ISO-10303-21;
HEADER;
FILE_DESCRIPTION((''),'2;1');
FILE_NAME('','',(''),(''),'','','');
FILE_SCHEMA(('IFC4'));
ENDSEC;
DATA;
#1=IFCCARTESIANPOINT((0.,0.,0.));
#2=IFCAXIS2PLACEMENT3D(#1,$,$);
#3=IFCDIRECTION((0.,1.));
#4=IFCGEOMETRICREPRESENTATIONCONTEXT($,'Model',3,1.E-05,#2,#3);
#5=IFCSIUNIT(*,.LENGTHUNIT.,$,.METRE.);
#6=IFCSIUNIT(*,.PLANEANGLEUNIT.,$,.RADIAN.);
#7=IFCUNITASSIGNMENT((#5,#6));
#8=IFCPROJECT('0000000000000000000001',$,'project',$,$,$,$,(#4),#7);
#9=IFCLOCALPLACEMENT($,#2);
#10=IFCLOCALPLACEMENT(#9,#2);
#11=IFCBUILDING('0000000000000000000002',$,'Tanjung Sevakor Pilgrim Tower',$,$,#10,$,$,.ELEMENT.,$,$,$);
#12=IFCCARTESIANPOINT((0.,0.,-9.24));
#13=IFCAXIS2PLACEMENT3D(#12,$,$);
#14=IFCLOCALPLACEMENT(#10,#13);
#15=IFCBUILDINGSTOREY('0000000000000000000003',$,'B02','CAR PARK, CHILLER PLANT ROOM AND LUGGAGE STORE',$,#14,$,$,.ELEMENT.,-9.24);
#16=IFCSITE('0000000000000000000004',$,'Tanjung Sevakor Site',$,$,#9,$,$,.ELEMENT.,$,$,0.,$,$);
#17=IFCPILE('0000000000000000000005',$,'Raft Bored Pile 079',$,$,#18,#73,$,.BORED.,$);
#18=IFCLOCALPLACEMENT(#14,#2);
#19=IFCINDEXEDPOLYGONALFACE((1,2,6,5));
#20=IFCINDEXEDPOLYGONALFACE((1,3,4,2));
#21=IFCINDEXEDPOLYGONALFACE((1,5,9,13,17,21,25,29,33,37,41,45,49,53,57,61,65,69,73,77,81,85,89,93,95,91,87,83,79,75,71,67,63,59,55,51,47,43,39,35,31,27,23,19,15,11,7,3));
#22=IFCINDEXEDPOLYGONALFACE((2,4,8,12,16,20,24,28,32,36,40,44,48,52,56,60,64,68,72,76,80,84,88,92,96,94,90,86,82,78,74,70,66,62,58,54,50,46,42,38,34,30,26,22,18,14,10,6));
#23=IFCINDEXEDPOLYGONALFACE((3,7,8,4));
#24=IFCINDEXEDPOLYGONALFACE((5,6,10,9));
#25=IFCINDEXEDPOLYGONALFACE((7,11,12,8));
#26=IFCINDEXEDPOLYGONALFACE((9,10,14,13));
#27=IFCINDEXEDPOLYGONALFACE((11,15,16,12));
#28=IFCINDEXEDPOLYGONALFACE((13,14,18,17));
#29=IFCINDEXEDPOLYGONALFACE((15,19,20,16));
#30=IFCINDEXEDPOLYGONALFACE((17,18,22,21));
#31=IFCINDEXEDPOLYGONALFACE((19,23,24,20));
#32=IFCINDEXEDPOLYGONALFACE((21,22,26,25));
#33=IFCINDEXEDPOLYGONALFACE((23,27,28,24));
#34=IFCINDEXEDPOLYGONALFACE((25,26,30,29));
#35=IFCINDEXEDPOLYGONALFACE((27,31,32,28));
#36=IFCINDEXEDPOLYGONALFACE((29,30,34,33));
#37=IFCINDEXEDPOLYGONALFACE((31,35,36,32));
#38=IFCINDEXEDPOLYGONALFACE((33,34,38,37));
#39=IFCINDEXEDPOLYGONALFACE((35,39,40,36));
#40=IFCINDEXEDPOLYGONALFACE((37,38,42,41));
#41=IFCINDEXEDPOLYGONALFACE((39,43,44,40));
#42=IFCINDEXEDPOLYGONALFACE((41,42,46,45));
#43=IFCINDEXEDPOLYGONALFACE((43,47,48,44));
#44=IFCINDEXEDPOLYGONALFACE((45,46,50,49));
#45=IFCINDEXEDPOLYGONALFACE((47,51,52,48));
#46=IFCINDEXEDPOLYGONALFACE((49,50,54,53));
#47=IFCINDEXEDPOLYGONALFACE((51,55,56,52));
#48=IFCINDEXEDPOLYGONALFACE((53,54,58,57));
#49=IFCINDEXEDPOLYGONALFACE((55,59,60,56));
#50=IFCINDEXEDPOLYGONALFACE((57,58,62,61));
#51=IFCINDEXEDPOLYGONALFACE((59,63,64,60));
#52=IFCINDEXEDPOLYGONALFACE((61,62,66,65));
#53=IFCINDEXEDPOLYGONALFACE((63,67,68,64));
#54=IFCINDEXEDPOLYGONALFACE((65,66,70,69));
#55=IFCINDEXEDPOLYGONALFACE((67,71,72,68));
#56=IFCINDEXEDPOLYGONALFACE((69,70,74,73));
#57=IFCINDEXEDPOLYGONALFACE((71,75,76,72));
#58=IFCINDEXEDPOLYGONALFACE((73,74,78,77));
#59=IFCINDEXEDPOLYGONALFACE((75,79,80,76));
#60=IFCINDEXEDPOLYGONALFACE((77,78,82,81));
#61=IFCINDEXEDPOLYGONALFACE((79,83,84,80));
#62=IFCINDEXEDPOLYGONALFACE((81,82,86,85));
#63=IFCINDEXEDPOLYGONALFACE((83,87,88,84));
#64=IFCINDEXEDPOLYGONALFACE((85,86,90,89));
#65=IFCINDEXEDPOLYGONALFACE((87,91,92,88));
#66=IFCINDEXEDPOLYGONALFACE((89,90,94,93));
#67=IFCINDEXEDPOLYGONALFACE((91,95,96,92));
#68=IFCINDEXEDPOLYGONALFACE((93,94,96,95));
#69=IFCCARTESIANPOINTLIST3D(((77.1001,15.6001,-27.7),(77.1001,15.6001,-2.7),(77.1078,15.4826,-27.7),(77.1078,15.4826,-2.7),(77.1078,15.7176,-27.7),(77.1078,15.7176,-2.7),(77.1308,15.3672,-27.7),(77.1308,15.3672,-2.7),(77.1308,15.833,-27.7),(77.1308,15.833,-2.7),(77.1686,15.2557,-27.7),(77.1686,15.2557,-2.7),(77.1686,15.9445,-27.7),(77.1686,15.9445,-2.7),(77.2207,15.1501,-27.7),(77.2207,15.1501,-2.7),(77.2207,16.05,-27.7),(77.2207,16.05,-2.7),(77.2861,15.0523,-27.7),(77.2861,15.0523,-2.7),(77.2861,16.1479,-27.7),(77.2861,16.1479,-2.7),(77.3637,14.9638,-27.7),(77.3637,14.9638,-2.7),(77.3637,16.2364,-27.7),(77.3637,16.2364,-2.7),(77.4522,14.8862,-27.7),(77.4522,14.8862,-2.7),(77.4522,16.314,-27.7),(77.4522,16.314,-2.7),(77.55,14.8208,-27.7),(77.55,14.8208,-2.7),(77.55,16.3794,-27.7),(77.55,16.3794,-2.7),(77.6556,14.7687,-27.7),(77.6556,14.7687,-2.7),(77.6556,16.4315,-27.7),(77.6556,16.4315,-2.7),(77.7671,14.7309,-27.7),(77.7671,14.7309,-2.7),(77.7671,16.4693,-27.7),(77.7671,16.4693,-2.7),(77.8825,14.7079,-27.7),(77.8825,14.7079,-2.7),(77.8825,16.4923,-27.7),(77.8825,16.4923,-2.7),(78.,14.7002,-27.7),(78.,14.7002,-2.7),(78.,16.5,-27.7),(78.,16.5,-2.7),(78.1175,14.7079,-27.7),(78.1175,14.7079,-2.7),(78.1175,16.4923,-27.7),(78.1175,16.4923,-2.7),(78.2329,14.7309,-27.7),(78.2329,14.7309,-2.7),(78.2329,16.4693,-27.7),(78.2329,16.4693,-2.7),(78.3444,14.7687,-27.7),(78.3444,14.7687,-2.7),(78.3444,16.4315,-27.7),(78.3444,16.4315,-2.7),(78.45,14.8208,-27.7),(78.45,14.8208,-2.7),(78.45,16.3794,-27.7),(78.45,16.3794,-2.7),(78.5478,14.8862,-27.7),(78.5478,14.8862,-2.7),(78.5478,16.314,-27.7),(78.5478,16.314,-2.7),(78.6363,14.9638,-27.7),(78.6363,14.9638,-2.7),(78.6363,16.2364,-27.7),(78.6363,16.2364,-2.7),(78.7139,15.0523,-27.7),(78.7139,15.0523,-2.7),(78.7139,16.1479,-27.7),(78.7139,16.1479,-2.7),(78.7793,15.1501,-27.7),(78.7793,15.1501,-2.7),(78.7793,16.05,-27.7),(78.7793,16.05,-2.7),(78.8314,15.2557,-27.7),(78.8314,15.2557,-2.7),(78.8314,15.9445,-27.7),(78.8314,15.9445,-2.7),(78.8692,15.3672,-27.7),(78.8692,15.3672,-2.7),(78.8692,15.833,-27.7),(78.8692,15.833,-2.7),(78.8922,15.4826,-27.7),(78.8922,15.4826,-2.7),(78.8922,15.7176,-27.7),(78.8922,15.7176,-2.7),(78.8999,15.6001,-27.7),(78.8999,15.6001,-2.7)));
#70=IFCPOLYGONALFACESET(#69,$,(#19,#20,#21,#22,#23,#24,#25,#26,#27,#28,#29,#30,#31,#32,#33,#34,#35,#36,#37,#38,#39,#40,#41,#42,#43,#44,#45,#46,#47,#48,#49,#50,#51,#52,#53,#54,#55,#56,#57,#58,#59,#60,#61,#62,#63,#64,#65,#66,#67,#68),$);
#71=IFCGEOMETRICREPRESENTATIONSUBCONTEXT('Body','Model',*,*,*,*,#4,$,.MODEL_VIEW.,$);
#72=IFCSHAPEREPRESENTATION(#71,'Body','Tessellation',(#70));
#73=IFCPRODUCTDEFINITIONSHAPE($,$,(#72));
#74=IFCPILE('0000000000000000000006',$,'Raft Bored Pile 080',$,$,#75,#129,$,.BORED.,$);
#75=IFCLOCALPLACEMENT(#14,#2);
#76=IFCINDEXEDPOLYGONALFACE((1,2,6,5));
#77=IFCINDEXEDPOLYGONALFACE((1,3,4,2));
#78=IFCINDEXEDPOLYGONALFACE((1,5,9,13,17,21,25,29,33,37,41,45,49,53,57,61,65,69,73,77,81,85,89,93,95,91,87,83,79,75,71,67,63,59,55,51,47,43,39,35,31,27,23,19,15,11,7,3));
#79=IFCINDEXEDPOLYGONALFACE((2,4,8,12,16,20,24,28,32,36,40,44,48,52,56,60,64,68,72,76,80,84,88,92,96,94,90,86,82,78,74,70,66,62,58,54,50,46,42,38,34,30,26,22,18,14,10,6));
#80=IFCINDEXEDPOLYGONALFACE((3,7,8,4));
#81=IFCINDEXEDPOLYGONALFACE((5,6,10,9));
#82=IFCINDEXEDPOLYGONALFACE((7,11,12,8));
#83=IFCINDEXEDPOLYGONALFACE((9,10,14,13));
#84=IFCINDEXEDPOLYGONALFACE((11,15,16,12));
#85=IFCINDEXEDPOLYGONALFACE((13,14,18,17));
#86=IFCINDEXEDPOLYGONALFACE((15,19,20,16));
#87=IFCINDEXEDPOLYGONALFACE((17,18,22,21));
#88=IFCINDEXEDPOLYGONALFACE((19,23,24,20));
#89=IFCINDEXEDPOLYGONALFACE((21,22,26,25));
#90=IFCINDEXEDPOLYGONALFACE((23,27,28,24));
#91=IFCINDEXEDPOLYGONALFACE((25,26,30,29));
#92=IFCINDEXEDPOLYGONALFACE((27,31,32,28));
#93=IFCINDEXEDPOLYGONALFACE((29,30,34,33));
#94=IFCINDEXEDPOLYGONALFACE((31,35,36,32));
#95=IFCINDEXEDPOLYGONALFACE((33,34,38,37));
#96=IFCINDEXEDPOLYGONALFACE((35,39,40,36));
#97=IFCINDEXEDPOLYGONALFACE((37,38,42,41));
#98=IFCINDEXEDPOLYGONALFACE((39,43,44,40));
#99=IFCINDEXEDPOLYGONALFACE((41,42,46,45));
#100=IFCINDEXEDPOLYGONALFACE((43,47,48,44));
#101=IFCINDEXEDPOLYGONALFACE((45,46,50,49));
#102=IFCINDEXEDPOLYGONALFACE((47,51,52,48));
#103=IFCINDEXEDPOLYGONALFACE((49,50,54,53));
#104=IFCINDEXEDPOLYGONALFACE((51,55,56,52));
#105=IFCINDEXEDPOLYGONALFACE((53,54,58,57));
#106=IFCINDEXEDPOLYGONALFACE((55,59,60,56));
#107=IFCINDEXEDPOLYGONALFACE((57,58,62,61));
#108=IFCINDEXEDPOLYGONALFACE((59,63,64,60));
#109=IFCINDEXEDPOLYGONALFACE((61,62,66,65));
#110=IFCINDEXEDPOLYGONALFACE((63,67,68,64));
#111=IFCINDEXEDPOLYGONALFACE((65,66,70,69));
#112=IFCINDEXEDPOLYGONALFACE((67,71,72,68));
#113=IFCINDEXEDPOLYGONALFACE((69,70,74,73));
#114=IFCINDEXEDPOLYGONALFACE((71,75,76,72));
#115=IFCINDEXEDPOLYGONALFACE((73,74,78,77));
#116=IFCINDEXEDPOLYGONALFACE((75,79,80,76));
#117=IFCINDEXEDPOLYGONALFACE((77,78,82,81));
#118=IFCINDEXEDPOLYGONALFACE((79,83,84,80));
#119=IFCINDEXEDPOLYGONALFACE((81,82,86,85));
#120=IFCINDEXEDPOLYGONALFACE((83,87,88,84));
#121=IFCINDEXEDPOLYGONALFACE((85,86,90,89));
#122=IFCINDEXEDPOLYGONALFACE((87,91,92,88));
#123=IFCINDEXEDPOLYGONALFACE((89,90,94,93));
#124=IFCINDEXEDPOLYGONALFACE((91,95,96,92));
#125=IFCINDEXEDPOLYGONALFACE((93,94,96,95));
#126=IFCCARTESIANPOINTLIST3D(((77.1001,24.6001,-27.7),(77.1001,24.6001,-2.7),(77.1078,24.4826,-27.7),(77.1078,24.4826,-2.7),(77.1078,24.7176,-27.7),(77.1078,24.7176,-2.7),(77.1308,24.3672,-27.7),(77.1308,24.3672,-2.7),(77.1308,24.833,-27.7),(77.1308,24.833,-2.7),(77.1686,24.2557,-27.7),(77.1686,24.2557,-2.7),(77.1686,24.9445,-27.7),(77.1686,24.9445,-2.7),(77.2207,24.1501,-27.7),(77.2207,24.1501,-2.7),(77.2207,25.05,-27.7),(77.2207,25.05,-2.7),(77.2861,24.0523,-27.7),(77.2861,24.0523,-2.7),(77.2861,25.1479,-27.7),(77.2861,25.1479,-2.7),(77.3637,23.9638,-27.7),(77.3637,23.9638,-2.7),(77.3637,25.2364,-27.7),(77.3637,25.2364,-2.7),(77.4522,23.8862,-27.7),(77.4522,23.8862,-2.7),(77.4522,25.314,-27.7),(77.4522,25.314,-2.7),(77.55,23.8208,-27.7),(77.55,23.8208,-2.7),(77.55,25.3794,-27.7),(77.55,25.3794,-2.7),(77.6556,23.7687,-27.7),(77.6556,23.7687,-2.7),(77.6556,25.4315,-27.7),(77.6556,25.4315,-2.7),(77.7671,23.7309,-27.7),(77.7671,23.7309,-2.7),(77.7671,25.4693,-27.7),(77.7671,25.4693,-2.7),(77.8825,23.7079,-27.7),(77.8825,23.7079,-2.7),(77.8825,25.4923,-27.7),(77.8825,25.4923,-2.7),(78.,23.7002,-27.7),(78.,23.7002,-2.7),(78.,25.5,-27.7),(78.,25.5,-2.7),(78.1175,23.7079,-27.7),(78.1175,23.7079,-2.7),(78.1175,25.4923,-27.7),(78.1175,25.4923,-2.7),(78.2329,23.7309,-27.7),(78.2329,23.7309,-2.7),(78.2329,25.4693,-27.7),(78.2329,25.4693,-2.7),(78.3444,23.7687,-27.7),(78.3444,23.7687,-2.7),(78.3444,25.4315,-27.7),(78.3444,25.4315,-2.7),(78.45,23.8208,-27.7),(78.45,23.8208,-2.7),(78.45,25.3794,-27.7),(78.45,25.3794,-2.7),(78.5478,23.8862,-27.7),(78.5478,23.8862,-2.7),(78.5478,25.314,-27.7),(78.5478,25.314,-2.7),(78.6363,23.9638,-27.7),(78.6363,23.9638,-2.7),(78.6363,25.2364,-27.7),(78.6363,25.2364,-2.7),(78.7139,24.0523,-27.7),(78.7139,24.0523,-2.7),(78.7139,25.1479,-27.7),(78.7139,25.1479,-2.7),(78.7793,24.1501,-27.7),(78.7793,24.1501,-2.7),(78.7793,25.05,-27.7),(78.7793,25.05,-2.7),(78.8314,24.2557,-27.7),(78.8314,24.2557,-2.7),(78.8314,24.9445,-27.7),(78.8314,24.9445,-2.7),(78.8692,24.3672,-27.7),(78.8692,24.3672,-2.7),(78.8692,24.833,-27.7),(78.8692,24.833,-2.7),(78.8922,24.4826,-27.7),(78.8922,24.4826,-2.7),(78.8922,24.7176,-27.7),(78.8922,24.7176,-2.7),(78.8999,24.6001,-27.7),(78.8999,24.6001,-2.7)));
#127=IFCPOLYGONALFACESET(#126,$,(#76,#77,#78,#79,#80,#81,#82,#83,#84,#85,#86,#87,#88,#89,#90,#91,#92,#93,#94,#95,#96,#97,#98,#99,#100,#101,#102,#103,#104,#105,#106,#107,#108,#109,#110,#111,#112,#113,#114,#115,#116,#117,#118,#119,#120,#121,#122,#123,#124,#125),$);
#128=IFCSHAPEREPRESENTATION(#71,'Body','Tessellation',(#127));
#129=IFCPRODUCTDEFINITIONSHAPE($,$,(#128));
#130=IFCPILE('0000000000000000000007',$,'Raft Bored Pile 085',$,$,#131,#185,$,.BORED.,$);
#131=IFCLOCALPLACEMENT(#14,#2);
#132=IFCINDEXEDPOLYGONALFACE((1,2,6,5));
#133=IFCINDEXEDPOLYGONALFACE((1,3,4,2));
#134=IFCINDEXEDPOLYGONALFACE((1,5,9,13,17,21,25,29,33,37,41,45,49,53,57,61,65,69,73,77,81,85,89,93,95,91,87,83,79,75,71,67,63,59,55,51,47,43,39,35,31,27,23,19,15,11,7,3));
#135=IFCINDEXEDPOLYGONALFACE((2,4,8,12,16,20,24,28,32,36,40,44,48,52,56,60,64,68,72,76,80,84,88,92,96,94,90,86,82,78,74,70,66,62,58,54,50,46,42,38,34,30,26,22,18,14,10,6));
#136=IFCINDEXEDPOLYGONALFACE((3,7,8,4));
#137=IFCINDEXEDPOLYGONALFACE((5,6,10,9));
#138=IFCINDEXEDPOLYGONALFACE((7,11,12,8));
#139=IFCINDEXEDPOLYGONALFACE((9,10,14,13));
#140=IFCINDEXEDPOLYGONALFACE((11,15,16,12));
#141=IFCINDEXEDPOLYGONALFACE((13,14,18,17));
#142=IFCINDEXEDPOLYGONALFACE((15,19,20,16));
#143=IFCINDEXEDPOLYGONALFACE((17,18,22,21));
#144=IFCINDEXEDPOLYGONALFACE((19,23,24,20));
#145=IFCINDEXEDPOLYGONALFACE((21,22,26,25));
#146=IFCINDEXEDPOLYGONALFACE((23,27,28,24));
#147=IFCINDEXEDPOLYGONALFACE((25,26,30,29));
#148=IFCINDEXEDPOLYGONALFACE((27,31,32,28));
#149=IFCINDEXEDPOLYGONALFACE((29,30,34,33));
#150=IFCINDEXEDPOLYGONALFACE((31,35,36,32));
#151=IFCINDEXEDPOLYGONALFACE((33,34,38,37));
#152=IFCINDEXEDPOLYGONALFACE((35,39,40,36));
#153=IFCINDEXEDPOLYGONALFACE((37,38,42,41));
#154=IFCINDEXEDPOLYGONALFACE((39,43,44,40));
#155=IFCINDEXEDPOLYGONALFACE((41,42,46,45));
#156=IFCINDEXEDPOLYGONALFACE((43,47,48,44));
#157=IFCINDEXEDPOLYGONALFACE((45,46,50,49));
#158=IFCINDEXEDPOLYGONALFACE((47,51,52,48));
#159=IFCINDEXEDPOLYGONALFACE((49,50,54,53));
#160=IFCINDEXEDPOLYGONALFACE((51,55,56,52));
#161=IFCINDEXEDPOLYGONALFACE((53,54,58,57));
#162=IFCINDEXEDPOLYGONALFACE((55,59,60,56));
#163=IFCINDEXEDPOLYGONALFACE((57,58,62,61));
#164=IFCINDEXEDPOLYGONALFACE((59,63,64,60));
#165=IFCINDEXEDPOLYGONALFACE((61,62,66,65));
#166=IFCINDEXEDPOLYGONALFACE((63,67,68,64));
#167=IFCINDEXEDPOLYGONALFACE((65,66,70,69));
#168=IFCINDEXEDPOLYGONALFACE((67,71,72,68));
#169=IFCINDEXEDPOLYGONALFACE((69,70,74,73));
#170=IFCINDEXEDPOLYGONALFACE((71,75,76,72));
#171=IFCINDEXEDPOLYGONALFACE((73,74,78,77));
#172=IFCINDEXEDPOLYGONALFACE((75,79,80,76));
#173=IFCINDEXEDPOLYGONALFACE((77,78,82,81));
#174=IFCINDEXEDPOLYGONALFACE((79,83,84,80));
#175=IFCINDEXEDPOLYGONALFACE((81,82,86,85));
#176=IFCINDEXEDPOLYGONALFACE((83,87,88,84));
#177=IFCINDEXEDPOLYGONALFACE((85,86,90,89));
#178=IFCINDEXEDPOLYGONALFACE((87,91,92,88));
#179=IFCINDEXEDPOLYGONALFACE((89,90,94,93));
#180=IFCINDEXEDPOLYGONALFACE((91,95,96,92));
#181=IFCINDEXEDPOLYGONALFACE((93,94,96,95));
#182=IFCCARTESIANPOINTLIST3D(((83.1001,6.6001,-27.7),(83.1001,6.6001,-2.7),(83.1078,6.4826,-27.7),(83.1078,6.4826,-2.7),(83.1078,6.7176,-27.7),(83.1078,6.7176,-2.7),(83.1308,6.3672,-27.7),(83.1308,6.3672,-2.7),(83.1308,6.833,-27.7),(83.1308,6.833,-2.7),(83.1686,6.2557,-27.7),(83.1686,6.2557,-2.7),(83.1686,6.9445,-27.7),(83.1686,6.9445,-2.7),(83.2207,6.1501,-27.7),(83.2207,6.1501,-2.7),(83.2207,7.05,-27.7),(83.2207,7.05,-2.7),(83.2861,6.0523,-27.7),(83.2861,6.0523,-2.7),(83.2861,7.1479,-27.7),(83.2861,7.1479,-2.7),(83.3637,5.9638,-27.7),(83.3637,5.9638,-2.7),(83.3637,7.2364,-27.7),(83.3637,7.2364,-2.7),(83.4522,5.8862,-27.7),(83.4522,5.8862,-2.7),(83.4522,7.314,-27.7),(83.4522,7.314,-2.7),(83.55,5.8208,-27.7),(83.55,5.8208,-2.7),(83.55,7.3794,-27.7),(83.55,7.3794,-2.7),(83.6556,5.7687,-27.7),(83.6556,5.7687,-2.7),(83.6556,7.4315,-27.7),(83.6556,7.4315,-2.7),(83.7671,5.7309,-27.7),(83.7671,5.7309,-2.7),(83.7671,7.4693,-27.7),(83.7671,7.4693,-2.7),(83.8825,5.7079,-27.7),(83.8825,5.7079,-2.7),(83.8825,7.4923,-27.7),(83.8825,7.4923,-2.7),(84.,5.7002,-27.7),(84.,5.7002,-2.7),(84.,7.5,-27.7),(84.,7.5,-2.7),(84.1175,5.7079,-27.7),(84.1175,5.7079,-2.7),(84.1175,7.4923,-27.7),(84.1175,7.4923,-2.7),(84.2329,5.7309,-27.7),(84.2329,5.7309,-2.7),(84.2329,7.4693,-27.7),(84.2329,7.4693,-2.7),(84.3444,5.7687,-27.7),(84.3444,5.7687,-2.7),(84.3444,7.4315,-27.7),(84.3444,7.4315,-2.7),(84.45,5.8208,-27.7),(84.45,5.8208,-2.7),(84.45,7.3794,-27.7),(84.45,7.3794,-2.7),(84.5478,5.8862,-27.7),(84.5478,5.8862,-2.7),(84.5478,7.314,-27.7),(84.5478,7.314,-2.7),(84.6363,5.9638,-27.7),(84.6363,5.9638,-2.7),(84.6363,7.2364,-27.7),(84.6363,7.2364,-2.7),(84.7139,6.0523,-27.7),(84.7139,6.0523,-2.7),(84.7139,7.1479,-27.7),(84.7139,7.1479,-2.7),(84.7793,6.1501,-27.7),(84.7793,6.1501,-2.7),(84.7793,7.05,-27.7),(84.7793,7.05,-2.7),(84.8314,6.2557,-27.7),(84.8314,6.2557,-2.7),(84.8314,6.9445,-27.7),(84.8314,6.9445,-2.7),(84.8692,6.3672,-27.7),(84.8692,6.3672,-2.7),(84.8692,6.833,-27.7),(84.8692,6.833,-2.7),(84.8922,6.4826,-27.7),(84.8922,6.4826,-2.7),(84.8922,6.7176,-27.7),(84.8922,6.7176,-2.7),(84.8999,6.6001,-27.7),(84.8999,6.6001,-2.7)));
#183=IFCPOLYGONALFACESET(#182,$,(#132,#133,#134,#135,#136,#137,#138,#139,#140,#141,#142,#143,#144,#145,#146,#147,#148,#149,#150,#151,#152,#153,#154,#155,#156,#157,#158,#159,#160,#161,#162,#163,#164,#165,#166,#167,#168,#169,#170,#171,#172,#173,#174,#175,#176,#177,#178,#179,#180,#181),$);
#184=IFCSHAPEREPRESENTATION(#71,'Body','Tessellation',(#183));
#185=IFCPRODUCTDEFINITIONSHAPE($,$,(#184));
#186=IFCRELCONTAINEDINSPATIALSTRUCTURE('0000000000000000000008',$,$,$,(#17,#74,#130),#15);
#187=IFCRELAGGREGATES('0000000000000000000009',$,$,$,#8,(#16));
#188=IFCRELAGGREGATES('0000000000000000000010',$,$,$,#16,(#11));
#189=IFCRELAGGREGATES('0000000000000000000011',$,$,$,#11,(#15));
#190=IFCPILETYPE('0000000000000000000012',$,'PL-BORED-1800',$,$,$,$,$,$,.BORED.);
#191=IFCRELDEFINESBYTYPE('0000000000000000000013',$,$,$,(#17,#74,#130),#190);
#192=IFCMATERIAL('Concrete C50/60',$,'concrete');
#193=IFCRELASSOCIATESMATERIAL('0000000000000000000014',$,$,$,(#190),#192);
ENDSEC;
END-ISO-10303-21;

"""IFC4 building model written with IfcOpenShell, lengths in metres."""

from ifc_helpers import new_model, si_unit, direction, frame, origin, origin_2d, place, context, subcontext, project, spatial, circle, extrude, material, material_profile, profile_set, type_object, element, save


model = new_model("IFC4")

# Units and contexts
model_context = context("Model", 3, precision=1e-05, world=origin(), true_north=direction((0.0, 1.0)))
body_context = subcontext(model_context, "Body", "Model", "MODEL_VIEW")
ifc_project = project(units=[si_unit("LENGTHUNIT", "METRE"), si_unit("PLANEANGLEUNIT", "RADIAN")], contexts=[model_context])

# Site, building, storey
site_placement = place(None, origin())
site = spatial("IfcSite", under=ifc_project, at=site_placement, Name="Tanjung Sevakor Site", CompositionType="ELEMENT", RefElevation=0.0)
building_placement = place(site_placement, origin())
building = spatial("IfcBuilding", under=site, at=building_placement, Name="Tanjung Sevakor Pilgrim Tower", CompositionType="ELEMENT")
storey_placement = place(building_placement, frame((0.0, 0.0, -9.24)))
storey = spatial("IfcBuildingStorey", under=building, at=storey_placement, Name="B02", Description="CAR PARK, CHILLER PLANT ROOM AND LUGGAGE STORE", CompositionType="ELEMENT", Elevation=-9.24)

# Piles
ifc_material_1 = material(Name="Concrete C50/60", Category="concrete")
ifc_material_profile_1 = material_profile(ifc_material_1, circle(Radius=0.8999, at=origin_2d()))
ifc_profile_set_1 = profile_set([ifc_material_profile_1], Name="Concrete C50/60")
pile_type = type_object("IfcPileType", Name="PL-BORED-1800", PredefinedType="BORED", material=ifc_profile_set_1)
for number, where, z_axis, x_axis, name in (
    (1, (78.0, 15.6001, -2.7), (0.0, 0.0, -1.0), (1.0, 0.0, 0.0), "Raft Bored Pile 079"),
    (2, (78.0, 24.6001, -2.7), (0.0, 0.0, -1.0), (1.0, 0.0, 0.0), "Raft Bored Pile 080"),
    (3, (84.0, 6.6001, -2.7), (0.0, 0.0, -1.0), (1.0, 0.0, 0.0), "Raft Bored Pile 085"),
):
    element("IfcPile", number, at=place(storey_placement, frame(where, z_axis=z_axis, x_axis=x_axis)), inside=storey, type_object=pile_type, Name=name, PredefinedType="BORED", context=body_context, shape_type="SweptSolid", body=[
        extrude(circle(Radius=0.8999, at=origin_2d()), origin(), (0.0, 0.0, 1.0), 25.0),
    ])

save(model, "model.ifc")
